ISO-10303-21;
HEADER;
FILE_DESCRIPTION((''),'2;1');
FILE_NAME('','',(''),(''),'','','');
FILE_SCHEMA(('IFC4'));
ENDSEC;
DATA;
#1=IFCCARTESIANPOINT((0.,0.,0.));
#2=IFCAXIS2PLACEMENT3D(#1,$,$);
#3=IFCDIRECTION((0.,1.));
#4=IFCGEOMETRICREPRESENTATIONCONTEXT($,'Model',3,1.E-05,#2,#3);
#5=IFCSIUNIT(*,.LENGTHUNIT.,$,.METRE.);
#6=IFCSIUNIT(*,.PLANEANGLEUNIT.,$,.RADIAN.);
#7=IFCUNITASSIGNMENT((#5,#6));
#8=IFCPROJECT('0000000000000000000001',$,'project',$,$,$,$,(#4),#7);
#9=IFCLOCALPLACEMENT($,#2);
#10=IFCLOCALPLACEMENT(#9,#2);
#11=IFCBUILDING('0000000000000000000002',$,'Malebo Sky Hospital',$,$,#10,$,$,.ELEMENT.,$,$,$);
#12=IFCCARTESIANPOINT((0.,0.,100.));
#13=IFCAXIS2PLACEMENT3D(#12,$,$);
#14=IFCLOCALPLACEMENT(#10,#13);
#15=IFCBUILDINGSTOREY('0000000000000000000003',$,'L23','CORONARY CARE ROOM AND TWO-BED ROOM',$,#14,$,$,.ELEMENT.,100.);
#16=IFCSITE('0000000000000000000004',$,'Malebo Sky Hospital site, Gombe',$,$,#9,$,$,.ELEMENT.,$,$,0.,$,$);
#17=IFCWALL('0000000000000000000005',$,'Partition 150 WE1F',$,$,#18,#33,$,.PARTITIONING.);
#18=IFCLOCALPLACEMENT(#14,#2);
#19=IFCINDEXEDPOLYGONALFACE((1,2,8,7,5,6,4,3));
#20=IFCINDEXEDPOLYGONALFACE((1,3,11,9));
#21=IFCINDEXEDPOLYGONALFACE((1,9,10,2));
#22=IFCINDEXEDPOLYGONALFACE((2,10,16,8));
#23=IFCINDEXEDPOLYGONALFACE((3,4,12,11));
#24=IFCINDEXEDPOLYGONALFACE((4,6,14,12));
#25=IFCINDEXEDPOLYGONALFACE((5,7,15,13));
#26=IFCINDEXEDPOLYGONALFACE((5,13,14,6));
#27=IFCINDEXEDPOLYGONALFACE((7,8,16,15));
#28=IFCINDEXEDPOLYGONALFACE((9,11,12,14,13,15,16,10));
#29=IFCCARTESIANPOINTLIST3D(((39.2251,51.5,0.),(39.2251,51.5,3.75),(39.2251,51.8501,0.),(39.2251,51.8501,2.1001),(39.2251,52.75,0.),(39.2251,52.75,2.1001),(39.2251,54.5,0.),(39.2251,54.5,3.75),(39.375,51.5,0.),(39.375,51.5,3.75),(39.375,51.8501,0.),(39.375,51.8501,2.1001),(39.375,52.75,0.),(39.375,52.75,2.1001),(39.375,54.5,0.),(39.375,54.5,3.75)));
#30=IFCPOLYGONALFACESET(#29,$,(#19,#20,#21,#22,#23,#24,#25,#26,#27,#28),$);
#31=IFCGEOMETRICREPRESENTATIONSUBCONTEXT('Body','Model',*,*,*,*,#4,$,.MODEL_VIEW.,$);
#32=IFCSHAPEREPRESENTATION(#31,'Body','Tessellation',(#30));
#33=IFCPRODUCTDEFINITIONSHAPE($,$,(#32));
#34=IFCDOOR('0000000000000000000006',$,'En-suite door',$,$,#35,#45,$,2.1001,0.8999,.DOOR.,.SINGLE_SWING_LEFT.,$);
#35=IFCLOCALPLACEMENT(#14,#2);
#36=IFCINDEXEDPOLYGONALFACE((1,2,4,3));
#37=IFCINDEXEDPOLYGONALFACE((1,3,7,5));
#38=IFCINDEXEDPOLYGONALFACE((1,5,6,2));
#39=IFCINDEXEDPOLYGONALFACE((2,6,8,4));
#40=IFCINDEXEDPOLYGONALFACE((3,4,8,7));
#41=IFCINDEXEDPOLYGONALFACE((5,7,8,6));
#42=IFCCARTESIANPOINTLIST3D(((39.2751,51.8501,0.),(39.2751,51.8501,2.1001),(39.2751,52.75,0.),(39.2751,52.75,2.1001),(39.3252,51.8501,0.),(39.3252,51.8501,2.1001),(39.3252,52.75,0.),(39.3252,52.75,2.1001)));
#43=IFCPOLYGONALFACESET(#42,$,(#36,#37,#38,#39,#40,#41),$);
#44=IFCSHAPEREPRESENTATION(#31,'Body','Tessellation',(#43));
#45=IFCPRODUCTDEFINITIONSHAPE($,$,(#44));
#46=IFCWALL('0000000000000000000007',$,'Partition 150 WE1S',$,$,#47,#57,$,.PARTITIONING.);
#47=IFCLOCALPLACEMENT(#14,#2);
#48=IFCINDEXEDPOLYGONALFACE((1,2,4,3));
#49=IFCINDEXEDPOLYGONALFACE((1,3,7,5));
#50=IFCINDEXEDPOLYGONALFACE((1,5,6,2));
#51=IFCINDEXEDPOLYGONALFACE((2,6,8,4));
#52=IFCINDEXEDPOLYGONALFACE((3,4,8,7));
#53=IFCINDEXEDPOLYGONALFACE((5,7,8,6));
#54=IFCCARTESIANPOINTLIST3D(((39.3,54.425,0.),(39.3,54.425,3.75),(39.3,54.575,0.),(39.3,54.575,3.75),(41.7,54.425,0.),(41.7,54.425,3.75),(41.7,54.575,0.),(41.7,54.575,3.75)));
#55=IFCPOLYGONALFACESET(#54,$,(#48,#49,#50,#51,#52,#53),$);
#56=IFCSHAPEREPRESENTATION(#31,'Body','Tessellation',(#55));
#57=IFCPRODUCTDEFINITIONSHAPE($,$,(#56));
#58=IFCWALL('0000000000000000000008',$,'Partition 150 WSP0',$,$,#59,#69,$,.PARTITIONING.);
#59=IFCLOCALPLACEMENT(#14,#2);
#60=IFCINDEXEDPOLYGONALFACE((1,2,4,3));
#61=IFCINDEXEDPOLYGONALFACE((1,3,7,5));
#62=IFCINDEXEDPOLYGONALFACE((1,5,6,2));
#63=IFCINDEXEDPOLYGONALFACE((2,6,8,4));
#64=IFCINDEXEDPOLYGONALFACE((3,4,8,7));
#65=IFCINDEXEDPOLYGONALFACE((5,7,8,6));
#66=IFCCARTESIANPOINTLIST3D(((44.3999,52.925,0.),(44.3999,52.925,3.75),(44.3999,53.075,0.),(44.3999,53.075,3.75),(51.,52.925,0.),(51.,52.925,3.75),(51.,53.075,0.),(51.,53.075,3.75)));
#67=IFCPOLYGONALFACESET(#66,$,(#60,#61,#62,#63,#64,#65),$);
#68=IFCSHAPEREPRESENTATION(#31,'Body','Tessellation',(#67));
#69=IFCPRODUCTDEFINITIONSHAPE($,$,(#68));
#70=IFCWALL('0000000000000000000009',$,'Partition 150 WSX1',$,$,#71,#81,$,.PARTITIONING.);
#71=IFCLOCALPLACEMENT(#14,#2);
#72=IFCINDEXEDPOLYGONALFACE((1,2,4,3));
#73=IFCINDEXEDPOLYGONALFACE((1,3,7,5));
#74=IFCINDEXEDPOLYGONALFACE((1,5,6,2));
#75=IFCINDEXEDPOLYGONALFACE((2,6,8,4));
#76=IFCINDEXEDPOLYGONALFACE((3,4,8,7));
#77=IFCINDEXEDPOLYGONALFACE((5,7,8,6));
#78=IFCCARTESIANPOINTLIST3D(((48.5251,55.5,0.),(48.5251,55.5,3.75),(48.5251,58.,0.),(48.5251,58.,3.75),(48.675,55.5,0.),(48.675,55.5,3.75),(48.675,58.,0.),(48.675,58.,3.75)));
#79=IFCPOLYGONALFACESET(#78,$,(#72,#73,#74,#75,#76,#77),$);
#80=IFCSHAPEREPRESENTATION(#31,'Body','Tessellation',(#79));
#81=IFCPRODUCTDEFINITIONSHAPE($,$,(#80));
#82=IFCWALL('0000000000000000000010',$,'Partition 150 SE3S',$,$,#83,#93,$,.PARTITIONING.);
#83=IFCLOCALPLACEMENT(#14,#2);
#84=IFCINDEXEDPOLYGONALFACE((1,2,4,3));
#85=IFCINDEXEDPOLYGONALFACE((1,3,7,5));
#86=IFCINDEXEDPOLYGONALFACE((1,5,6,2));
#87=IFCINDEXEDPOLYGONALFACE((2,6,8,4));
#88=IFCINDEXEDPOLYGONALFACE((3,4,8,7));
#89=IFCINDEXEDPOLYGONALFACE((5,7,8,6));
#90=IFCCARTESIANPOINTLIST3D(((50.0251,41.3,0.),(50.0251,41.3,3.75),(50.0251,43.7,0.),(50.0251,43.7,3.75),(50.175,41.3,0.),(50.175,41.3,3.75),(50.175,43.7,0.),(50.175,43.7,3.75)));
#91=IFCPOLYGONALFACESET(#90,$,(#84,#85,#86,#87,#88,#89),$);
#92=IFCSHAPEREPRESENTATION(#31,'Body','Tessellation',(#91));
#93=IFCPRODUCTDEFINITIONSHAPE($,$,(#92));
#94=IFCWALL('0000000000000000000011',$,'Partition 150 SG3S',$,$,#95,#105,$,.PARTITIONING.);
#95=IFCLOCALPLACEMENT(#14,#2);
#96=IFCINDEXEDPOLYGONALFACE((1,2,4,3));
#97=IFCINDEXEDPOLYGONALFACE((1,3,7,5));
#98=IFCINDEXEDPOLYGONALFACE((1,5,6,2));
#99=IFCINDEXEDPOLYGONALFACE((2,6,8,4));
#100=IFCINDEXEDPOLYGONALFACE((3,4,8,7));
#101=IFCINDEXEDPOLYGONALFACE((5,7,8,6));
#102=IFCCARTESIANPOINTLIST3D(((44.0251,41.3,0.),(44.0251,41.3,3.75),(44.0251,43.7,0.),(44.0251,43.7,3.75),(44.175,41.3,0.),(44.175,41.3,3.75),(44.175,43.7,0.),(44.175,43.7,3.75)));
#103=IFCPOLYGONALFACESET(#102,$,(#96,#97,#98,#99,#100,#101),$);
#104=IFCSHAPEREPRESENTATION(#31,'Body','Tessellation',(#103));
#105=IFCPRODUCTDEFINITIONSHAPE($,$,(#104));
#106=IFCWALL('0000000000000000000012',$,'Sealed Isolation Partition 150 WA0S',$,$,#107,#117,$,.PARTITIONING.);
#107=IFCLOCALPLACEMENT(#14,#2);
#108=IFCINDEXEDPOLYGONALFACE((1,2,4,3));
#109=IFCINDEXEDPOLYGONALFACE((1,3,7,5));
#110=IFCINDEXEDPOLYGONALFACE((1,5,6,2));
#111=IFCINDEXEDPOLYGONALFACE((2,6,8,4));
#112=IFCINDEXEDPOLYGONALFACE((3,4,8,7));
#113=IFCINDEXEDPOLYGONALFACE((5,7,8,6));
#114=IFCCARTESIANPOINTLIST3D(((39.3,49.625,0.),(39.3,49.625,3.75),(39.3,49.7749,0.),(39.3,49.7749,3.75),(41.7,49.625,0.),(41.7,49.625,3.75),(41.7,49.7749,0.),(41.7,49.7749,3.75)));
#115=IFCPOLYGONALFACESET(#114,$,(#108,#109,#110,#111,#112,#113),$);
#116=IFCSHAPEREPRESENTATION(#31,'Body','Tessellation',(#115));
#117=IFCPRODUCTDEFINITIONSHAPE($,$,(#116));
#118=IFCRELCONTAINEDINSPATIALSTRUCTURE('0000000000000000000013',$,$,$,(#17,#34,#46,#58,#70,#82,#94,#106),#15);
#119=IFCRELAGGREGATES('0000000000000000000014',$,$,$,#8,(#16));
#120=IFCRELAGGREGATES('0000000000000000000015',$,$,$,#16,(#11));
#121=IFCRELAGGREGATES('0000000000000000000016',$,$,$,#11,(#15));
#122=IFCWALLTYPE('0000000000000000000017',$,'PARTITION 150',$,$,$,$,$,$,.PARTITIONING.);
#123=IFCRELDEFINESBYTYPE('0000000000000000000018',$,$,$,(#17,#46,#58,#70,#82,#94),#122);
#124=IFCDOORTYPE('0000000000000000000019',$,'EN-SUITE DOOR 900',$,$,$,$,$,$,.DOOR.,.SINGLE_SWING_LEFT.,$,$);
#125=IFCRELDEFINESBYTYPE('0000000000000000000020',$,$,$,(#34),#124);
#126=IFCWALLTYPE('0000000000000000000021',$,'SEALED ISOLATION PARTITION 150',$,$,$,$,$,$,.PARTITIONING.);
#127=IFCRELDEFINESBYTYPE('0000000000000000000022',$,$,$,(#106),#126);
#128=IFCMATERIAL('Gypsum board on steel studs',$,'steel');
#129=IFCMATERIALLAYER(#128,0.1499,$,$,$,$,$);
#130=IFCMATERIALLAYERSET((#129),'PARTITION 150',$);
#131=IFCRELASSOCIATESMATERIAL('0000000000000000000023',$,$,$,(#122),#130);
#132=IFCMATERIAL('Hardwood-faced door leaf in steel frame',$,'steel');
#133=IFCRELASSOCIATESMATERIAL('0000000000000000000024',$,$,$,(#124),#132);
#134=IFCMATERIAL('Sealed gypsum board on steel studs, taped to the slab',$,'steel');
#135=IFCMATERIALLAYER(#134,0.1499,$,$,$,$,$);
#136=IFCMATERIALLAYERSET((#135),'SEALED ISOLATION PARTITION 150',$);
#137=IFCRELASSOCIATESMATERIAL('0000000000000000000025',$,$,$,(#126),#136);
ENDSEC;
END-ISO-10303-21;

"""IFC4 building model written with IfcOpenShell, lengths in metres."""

from ifc_helpers import new_model, si_unit, direction, frame, frame_2d, origin, place, context, subcontext, project, spatial, rectangle, extrude, material, layer, layer_set, type_object, element, fill, save


model = new_model("IFC4")

# Units and contexts
model_context = context("Model", 3, precision=1e-05, world=origin(), true_north=direction((0.0, 1.0)))
body_context = subcontext(model_context, "Body", "Model", "MODEL_VIEW")
ifc_project = project(units=[si_unit("LENGTHUNIT", "METRE"), si_unit("PLANEANGLEUNIT", "RADIAN")], contexts=[model_context])

# Site, building, storey
site_placement = place(None, origin())
site = spatial("IfcSite", under=ifc_project, at=site_placement, Name="Malebo Sky Hospital site, Gombe", CompositionType="ELEMENT", RefElevation=0.0)
building_placement = place(site_placement, origin())
building = spatial("IfcBuilding", under=site, at=building_placement, Name="Malebo Sky Hospital", CompositionType="ELEMENT")
storey_placement = place(building_placement, frame((0.0, 0.0, 100.0)))
storey = spatial("IfcBuildingStorey", under=building, at=storey_placement, Name="L23", Description="CORONARY CARE ROOM AND TWO-BED ROOM", CompositionType="ELEMENT", Elevation=100.0)

# Shared definitions
ifc_material_1 = material(Name="Gypsum board on steel studs", Category="steel")
ifc_material_2 = material(Name="Hardwood-faced door leaf in steel frame", Category="steel")

# Shared definitions
ifc_layer_1 = layer(ifc_material_1, 0.1499)
ifc_layer_set_1 = layer_set([ifc_layer_1], Name="PARTITION 150")
wall_type_1 = type_object("IfcWallType", Name="PARTITION 150", PredefinedType="PARTITIONING", material=ifc_layer_set_1)

# Wall, opening, door
wall_1_placement = place(storey_placement, frame((39.3, 51.5, 0.0), z_axis=(0.0, 0.0, 1.0), x_axis=(0.0, 1.0, 0.0)))
wall_1 = element("IfcWall", 1, at=wall_1_placement, inside=storey, type_object=wall_type_1, Name="Partition 150 WE1F", PredefinedType="PARTITIONING", context=body_context, shape_type="SweptSolid", body=[
    extrude(rectangle(XDim=3.0, YDim=0.1499, at=frame_2d((1.5, 0.0))), origin(), (0.0, 0.0, 1.0), 3.75),
])
opening_1_placement = place(wall_1_placement, frame((0.3501, 0.0, 0.0)))
opening_1 = element("IfcOpeningElement", 2, at=opening_1_placement, cuts=wall_1, PredefinedType="OPENING", context=body_context, shape_type="SweptSolid", body=[
    extrude(rectangle(XDim=0.8999, YDim=2.1001, at=frame_2d((0.45, 1.05))), frame((0.0, 0.085, 0.0), z_axis=(0.0, -1.0, 0.0), x_axis=(1.0, 0.0, 0.0)), (0.0, 0.0, 1.0), 0.1699),
])
door_type_1 = type_object("IfcDoorType", Name="EN-SUITE DOOR 900", OperationType="SINGLE_SWING_LEFT", PredefinedType="DOOR", material=ifc_material_2)
door_1_placement = place(opening_1_placement, origin())
door_1 = element("IfcDoor", 3, at=door_1_placement, inside=storey, type_object=door_type_1, Name="En-suite door", OperationType="SINGLE_SWING_LEFT", OverallHeight=2.1001, OverallWidth=0.8999, PredefinedType="DOOR", context=body_context, shape_type="SweptSolid", body=[
    extrude(rectangle(XDim=0.8999, YDim=2.1001, at=frame_2d((0.45, 1.05))), frame((0.0, 0.0249, 0.0), z_axis=(0.0, -1.0, 0.0), x_axis=(1.0, 0.0, 0.0)), (0.0, 0.0, 1.0), 0.05),
])
fill(opening_1, door_1)

# Walls
wall_2_placement = place(storey_placement, frame((41.7, 54.5, 0.0), z_axis=(0.0, 0.0, 1.0), x_axis=(-1.0, 0.0, 0.0)))
element("IfcWall", 4, at=wall_2_placement, inside=storey, type_object=wall_type_1, Name="Partition 150 WE1S", PredefinedType="PARTITIONING", context=body_context, shape_type="SweptSolid", body=[
    extrude(rectangle(XDim=2.3999, YDim=0.1499, at=frame_2d((1.2, 0.0))), origin(), (0.0, 0.0, 1.0), 3.75),
])
wall_3_placement = place(storey_placement, frame((51.0, 53.0, 0.0), z_axis=(0.0, 0.0, 1.0), x_axis=(-1.0, 0.0, 0.0)))
element("IfcWall", 5, at=wall_3_placement, inside=storey, type_object=wall_type_1, Name="Partition 150 WSP0", PredefinedType="PARTITIONING", context=body_context, shape_type="SweptSolid", body=[
    extrude(rectangle(XDim=6.6001, YDim=0.1499, at=frame_2d((3.3, 0.0))), origin(), (0.0, 0.0, 1.0), 3.75),
])
wall_4_placement = place(storey_placement, frame((48.6001, 55.5, 0.0), z_axis=(0.0, 0.0, 1.0), x_axis=(0.0, 1.0, 0.0)))
element("IfcWall", 6, at=wall_4_placement, inside=storey, type_object=wall_type_1, Name="Partition 150 WSX1", PredefinedType="PARTITIONING", context=body_context, shape_type="SweptSolid", body=[
    extrude(rectangle(XDim=2.5, YDim=0.1499, at=frame_2d((1.25, 0.0))), origin(), (0.0, 0.0, 1.0), 3.75),
])
for number, where, z_axis, x_axis, name in (
    (7, (50.1001, 43.7, 0.0), (0.0, 0.0, 1.0), (0.0, -1.0, 0.0), "Partition 150 SE3S"),
    (8, (44.1001, 43.7, 0.0), (0.0, 0.0, 1.0), (0.0, -1.0, 0.0), "Partition 150 SG3S"),
):
    element("IfcWall", number, at=place(storey_placement, frame(where, z_axis=z_axis, x_axis=x_axis)), inside=storey, type_object=wall_type_1, Name=name, PredefinedType="PARTITIONING", context=body_context, shape_type="SweptSolid", body=[
        extrude(rectangle(XDim=2.3999, YDim=0.1499, at=frame_2d((1.2, 0.0))), origin(), (0.0, 0.0, 1.0), 3.75),
    ])
ifc_material_3 = material(Name="Sealed gypsum board on steel studs, taped to the slab", Category="steel")
ifc_layer_2 = layer(ifc_material_3, 0.1499)
ifc_layer_set_2 = layer_set([ifc_layer_2], Name="SEALED ISOLATION PARTITION 150")
wall_type_2 = type_object("IfcWallType", Name="SEALED ISOLATION PARTITION 150", PredefinedType="PARTITIONING", material=ifc_layer_set_2)
wall_5_placement = place(storey_placement, frame((41.7, 49.7, 0.0), z_axis=(0.0, 0.0, 1.0), x_axis=(-1.0, 0.0, 0.0)))
element("IfcWall", 9, at=wall_5_placement, inside=storey, type_object=wall_type_2, Name="Sealed Isolation Partition 150 WA0S", PredefinedType="PARTITIONING", context=body_context, shape_type="SweptSolid", body=[
    extrude(rectangle(XDim=2.3999, YDim=0.1499, at=frame_2d((1.2, 0.0))), origin(), (0.0, 0.0, 1.0), 3.75),
])

save(model, "model.ifc")
